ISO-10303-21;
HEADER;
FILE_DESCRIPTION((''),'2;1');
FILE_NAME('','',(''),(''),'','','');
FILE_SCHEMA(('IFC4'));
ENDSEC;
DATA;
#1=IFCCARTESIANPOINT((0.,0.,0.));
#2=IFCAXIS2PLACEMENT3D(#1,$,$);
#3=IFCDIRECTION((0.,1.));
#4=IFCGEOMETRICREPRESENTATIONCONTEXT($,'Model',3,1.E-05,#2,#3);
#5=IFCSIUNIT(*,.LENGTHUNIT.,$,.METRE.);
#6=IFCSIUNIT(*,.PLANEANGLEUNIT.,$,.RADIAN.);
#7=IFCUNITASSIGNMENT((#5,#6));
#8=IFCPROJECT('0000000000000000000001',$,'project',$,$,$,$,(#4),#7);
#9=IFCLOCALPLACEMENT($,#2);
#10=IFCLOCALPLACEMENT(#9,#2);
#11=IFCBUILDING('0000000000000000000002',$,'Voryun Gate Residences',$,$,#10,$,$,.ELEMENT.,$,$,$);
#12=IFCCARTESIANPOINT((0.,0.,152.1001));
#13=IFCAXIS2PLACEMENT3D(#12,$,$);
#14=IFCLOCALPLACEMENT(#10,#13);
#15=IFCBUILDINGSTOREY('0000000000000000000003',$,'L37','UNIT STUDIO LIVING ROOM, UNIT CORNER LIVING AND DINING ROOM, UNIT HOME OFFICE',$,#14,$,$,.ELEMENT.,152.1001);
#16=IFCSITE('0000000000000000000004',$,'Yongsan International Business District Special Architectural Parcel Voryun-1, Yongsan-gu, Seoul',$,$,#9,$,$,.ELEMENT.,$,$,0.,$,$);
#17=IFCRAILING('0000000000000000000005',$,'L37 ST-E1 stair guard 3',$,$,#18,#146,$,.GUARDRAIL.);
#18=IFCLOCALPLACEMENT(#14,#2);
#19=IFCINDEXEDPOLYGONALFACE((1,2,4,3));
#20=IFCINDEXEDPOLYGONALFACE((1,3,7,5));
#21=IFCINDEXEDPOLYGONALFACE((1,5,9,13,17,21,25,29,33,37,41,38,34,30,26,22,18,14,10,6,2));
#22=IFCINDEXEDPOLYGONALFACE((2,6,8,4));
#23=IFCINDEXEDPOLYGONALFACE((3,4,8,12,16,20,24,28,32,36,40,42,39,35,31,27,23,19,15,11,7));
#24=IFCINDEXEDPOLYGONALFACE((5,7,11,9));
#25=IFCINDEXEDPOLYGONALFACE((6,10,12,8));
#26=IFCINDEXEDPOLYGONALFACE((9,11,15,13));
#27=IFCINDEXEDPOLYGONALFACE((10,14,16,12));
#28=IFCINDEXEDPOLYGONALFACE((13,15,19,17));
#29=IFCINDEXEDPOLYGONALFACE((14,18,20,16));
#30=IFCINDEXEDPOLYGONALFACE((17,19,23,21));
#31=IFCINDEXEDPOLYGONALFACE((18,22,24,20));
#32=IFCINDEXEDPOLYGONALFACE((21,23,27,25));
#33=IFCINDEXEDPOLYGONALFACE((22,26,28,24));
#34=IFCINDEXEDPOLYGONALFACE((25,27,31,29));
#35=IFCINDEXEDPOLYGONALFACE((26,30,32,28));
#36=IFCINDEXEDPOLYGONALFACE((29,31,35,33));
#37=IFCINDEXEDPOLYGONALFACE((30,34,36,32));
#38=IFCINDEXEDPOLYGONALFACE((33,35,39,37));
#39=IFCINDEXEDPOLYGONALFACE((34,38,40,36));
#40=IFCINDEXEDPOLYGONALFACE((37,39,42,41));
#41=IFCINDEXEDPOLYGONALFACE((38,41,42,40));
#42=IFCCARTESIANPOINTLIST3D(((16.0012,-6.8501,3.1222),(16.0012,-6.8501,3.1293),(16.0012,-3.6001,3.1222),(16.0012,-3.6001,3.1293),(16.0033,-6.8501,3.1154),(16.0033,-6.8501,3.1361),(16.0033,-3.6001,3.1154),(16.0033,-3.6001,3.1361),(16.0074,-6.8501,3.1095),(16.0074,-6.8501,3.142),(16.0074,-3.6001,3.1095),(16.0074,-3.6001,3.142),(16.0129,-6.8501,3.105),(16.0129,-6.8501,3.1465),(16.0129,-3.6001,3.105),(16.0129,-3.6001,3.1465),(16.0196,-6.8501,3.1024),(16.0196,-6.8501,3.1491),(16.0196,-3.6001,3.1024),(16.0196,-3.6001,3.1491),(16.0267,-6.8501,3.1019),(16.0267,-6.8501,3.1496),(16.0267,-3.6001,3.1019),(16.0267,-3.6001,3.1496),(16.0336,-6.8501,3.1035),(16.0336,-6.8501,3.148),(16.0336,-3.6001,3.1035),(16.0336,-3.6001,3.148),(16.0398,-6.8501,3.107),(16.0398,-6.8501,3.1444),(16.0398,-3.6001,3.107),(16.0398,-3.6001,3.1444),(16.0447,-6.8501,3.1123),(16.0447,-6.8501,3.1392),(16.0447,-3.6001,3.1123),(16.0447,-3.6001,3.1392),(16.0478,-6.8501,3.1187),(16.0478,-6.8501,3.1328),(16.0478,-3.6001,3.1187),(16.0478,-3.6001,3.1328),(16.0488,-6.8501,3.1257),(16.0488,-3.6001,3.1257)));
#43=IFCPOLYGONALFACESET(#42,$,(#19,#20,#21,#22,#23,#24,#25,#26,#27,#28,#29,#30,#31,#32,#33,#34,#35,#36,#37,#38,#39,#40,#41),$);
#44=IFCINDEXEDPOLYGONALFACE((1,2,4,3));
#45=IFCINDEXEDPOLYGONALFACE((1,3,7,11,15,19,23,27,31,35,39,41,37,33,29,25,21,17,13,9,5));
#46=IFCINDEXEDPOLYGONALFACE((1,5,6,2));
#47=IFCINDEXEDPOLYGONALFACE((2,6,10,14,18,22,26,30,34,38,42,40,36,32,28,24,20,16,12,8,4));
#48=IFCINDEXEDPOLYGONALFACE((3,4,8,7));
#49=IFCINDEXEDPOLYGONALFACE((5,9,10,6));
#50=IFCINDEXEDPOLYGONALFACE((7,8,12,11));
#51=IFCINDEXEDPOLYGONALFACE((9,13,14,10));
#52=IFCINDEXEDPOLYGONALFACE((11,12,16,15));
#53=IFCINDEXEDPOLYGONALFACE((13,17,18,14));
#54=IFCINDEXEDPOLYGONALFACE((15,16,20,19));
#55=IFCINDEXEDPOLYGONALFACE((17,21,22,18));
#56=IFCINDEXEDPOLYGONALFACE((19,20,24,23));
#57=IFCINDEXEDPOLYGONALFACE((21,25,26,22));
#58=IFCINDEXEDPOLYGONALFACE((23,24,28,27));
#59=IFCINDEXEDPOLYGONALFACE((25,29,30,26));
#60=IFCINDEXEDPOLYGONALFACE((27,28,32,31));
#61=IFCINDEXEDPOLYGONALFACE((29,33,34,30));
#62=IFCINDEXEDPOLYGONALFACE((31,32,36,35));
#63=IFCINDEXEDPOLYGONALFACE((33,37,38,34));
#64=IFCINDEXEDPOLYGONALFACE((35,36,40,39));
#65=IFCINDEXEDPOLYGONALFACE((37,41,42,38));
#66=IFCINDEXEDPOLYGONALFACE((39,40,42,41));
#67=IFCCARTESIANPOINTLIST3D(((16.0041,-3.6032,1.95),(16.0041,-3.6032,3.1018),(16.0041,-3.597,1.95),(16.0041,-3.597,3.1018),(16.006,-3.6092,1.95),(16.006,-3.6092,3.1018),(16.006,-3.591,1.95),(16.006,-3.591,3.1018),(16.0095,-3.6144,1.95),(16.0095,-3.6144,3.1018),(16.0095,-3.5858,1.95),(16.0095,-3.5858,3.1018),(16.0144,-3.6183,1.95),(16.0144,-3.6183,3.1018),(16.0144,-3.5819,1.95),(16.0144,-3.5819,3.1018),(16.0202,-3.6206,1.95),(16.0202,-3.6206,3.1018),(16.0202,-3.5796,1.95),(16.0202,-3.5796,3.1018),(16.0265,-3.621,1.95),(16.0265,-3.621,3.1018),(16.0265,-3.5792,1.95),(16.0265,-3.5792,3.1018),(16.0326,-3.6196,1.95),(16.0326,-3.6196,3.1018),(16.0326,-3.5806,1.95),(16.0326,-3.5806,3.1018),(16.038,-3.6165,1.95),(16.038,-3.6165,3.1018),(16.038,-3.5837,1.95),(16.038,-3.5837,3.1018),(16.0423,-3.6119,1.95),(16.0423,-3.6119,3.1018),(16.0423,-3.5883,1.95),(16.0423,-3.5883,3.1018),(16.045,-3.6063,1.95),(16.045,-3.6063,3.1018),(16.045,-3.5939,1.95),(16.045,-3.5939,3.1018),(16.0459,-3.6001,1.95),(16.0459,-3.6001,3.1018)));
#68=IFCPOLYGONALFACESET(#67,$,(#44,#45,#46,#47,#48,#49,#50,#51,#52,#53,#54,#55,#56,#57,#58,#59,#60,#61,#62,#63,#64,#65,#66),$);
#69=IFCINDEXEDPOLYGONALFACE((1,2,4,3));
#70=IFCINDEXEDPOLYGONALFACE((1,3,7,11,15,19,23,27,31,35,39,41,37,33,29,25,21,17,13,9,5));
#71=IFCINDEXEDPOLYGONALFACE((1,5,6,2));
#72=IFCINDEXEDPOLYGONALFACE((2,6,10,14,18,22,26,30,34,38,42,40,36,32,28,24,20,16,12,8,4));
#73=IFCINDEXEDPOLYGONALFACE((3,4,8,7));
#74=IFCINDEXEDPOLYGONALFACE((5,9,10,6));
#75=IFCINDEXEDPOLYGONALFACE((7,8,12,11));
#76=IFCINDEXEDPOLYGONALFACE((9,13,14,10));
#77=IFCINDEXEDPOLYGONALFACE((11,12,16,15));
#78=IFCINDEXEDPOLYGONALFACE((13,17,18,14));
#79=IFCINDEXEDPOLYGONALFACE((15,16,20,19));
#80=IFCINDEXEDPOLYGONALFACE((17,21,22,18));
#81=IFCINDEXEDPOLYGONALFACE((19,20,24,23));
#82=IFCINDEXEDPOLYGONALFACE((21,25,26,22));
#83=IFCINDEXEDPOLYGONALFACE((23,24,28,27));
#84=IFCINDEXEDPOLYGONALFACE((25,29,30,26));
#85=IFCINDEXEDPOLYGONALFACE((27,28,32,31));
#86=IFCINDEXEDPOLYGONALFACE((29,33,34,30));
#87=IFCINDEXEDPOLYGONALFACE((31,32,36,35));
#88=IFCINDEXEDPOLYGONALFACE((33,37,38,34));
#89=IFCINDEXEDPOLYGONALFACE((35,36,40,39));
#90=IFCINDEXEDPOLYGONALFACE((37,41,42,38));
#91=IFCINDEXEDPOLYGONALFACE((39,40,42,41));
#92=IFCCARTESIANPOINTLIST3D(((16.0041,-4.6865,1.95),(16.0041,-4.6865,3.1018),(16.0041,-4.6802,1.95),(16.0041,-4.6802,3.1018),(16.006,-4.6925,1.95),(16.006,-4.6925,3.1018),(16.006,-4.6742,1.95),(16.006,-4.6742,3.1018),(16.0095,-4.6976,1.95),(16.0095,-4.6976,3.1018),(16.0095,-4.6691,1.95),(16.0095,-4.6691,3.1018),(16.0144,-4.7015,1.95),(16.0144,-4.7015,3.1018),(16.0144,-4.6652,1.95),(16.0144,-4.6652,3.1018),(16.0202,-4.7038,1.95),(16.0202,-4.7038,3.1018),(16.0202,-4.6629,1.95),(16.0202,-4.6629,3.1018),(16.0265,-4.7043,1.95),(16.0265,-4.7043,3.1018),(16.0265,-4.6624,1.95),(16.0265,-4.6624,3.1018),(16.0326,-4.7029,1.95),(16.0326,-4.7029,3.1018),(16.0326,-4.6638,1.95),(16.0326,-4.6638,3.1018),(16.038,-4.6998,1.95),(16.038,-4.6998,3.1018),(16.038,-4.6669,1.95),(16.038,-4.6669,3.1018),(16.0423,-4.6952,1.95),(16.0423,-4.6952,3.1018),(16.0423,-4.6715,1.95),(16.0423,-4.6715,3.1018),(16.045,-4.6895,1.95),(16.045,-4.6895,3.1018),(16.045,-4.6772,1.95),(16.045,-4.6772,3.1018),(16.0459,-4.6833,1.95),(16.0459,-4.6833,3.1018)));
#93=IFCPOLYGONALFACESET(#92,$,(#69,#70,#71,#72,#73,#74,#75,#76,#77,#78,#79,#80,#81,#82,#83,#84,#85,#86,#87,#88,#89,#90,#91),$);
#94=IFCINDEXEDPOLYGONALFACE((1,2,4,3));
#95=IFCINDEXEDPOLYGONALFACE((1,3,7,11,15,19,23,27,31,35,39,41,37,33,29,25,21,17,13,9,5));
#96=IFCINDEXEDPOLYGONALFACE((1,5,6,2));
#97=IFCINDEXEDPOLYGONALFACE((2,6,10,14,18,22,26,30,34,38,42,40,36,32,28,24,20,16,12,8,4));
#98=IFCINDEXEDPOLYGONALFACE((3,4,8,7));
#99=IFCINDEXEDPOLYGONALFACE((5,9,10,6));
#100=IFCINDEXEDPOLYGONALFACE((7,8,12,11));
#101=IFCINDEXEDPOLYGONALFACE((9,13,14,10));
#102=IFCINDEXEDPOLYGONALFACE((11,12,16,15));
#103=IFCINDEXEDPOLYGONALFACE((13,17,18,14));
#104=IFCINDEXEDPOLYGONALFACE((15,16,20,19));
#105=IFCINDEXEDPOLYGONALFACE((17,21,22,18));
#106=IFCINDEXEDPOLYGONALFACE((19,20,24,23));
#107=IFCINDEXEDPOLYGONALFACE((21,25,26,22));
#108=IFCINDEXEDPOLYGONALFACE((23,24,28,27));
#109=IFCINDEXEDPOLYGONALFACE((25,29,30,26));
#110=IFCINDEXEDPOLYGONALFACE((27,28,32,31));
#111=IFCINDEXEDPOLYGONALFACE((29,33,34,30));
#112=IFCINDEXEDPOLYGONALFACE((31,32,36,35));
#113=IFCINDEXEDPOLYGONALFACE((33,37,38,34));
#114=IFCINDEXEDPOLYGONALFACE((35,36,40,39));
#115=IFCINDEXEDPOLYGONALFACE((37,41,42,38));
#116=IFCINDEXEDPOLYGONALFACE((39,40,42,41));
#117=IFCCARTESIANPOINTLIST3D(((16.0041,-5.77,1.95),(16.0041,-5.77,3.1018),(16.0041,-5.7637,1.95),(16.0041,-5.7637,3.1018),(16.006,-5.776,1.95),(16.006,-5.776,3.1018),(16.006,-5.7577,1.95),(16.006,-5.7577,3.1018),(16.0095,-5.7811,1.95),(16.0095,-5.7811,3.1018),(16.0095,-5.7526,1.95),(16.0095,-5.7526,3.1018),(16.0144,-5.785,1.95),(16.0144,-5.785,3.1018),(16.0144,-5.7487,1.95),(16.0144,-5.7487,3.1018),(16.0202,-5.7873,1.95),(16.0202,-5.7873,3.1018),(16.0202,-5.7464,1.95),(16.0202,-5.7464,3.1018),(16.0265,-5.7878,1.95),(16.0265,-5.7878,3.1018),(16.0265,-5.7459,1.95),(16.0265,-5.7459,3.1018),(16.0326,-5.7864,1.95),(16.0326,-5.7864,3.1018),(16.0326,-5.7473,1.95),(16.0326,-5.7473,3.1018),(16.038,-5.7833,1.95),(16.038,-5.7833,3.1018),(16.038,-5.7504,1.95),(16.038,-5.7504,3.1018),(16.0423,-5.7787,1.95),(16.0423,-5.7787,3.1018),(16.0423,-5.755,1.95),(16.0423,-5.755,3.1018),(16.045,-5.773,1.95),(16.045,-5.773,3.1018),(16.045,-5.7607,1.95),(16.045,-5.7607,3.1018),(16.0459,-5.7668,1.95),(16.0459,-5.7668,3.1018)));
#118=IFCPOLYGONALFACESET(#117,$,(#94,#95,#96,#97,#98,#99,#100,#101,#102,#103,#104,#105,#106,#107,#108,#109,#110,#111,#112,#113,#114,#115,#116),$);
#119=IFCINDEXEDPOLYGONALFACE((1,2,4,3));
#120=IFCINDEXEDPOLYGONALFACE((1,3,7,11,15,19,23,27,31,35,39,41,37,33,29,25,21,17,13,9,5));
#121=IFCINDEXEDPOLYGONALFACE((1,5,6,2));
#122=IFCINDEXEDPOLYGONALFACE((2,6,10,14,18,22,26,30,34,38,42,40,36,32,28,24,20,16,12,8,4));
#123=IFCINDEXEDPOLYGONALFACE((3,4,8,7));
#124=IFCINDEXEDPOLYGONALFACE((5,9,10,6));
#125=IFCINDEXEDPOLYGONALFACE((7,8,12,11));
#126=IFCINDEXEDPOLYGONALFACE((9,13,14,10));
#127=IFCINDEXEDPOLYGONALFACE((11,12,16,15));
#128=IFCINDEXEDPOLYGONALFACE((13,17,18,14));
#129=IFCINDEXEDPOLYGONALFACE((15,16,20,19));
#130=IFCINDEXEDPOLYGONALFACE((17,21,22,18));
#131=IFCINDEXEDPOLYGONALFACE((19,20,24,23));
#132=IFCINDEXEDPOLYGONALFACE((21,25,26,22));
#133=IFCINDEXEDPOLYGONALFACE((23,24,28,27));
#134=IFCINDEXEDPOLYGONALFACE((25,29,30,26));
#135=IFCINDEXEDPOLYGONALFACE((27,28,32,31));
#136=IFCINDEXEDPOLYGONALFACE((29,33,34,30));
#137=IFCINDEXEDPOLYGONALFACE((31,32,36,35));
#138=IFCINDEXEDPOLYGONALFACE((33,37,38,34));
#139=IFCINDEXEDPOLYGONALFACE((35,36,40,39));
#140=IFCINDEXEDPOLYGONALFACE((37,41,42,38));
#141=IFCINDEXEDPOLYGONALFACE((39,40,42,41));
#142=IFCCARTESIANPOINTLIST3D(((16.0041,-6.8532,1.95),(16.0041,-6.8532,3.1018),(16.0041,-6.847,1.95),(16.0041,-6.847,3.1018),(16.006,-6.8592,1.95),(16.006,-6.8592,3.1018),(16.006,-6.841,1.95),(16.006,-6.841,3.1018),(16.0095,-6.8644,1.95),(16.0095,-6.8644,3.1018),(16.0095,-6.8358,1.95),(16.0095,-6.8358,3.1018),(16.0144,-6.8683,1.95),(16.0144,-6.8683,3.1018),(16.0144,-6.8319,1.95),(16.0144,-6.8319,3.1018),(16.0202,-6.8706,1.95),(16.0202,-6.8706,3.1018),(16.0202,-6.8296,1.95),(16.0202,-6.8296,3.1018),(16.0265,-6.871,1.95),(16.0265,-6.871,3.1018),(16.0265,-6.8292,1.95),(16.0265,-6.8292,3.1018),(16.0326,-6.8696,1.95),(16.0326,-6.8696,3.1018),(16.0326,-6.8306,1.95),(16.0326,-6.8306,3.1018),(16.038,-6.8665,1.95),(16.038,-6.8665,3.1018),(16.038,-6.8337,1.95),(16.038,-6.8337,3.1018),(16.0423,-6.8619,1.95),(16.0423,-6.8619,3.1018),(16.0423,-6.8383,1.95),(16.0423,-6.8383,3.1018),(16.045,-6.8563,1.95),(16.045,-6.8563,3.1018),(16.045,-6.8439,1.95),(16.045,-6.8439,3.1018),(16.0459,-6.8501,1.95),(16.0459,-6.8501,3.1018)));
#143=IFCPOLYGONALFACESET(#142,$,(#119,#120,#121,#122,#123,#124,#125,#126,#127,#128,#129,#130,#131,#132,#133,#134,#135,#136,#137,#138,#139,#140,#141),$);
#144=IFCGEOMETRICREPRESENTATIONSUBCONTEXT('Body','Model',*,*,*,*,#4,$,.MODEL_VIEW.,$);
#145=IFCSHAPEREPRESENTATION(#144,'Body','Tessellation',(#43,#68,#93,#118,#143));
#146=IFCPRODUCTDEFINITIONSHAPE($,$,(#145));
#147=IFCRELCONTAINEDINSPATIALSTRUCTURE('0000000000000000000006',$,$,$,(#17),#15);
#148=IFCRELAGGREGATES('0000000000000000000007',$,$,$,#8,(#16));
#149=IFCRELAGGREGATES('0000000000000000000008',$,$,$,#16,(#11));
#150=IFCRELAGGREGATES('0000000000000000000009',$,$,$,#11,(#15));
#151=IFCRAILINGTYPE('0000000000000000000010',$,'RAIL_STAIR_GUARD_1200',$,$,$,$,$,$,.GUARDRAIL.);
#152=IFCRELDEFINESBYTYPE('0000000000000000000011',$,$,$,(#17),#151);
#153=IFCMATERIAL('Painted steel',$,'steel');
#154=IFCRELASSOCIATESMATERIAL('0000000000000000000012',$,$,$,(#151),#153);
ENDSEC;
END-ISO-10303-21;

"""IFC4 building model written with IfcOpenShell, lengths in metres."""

from ifc_helpers import new_model, si_unit, direction, frame, origin, origin_2d, place, context, subcontext, project, spatial, circle, extrude, material, type_object, element, save


model = new_model("IFC4")

# Units and contexts
model_context = context("Model", 3, precision=1e-05, world=origin(), true_north=direction((0.0, 1.0)))
body_context = subcontext(model_context, "Body", "Model", "MODEL_VIEW")
ifc_project = project(units=[si_unit("LENGTHUNIT", "METRE"), si_unit("PLANEANGLEUNIT", "RADIAN")], contexts=[model_context])

# Site, building, storey
site_placement = place(None, origin())
site = spatial("IfcSite", under=ifc_project, at=site_placement, Name="Yongsan International Business District Special Architectural Parcel Voryun-1, Yongsan-gu, Seoul", CompositionType="ELEMENT", RefElevation=0.0)
building_placement = place(site_placement, origin())
building = spatial("IfcBuilding", under=site, at=building_placement, Name="Voryun Gate Residences", CompositionType="ELEMENT")
storey_placement = place(building_placement, frame((0.0, 0.0, 152.1001)))
storey = spatial("IfcBuildingStorey", under=building, at=storey_placement, Name="L37", Description="UNIT STUDIO LIVING ROOM, UNIT CORNER LIVING AND DINING ROOM, UNIT HOME OFFICE", CompositionType="ELEMENT", Elevation=152.1001)

# Railing
ifc_material_1 = material(Name="Painted steel", Category="steel")
railing_type_1 = type_object("IfcRailingType", Name="RAIL_STAIR_GUARD_1200", PredefinedType="GUARDRAIL", material=ifc_material_1)
for number, where, name in (
    (1, (16.0249, -3.6001, 1.95), "L37 ST-E1 stair guard 3"),
):
    element("IfcRailing", number, at=place(storey_placement, frame(where)), inside=storey, type_object=railing_type_1, Name=name, PredefinedType="GUARDRAIL", context=body_context, shape_type="SweptSolid", body=[
        extrude(circle(Radius=0.0239, at=origin_2d()), frame((0.0, 0.0, 1.1758), z_axis=(0.0, -1.0, 0.0), x_axis=(1.0, 0.0, 0.0)), (0.0, 0.0, 1.0), 3.25),
        extrude(circle(Radius=0.021, at=origin_2d()), origin(), (0.0, 0.0, 1.0), 1.1519),
        extrude(circle(Radius=0.021, at=origin_2d()), frame((0.0, -1.0833, 0.0)), (0.0, 0.0, 1.0), 1.1519),
        extrude(circle(Radius=0.021, at=origin_2d()), frame((0.0, -2.1667, 0.0)), (0.0, 0.0, 1.0), 1.1519),
        extrude(circle(Radius=0.021, at=origin_2d()), frame((0.0, -3.25, 0.0)), (0.0, 0.0, 1.0), 1.1519),
    ])

save(model, "model.ifc")
